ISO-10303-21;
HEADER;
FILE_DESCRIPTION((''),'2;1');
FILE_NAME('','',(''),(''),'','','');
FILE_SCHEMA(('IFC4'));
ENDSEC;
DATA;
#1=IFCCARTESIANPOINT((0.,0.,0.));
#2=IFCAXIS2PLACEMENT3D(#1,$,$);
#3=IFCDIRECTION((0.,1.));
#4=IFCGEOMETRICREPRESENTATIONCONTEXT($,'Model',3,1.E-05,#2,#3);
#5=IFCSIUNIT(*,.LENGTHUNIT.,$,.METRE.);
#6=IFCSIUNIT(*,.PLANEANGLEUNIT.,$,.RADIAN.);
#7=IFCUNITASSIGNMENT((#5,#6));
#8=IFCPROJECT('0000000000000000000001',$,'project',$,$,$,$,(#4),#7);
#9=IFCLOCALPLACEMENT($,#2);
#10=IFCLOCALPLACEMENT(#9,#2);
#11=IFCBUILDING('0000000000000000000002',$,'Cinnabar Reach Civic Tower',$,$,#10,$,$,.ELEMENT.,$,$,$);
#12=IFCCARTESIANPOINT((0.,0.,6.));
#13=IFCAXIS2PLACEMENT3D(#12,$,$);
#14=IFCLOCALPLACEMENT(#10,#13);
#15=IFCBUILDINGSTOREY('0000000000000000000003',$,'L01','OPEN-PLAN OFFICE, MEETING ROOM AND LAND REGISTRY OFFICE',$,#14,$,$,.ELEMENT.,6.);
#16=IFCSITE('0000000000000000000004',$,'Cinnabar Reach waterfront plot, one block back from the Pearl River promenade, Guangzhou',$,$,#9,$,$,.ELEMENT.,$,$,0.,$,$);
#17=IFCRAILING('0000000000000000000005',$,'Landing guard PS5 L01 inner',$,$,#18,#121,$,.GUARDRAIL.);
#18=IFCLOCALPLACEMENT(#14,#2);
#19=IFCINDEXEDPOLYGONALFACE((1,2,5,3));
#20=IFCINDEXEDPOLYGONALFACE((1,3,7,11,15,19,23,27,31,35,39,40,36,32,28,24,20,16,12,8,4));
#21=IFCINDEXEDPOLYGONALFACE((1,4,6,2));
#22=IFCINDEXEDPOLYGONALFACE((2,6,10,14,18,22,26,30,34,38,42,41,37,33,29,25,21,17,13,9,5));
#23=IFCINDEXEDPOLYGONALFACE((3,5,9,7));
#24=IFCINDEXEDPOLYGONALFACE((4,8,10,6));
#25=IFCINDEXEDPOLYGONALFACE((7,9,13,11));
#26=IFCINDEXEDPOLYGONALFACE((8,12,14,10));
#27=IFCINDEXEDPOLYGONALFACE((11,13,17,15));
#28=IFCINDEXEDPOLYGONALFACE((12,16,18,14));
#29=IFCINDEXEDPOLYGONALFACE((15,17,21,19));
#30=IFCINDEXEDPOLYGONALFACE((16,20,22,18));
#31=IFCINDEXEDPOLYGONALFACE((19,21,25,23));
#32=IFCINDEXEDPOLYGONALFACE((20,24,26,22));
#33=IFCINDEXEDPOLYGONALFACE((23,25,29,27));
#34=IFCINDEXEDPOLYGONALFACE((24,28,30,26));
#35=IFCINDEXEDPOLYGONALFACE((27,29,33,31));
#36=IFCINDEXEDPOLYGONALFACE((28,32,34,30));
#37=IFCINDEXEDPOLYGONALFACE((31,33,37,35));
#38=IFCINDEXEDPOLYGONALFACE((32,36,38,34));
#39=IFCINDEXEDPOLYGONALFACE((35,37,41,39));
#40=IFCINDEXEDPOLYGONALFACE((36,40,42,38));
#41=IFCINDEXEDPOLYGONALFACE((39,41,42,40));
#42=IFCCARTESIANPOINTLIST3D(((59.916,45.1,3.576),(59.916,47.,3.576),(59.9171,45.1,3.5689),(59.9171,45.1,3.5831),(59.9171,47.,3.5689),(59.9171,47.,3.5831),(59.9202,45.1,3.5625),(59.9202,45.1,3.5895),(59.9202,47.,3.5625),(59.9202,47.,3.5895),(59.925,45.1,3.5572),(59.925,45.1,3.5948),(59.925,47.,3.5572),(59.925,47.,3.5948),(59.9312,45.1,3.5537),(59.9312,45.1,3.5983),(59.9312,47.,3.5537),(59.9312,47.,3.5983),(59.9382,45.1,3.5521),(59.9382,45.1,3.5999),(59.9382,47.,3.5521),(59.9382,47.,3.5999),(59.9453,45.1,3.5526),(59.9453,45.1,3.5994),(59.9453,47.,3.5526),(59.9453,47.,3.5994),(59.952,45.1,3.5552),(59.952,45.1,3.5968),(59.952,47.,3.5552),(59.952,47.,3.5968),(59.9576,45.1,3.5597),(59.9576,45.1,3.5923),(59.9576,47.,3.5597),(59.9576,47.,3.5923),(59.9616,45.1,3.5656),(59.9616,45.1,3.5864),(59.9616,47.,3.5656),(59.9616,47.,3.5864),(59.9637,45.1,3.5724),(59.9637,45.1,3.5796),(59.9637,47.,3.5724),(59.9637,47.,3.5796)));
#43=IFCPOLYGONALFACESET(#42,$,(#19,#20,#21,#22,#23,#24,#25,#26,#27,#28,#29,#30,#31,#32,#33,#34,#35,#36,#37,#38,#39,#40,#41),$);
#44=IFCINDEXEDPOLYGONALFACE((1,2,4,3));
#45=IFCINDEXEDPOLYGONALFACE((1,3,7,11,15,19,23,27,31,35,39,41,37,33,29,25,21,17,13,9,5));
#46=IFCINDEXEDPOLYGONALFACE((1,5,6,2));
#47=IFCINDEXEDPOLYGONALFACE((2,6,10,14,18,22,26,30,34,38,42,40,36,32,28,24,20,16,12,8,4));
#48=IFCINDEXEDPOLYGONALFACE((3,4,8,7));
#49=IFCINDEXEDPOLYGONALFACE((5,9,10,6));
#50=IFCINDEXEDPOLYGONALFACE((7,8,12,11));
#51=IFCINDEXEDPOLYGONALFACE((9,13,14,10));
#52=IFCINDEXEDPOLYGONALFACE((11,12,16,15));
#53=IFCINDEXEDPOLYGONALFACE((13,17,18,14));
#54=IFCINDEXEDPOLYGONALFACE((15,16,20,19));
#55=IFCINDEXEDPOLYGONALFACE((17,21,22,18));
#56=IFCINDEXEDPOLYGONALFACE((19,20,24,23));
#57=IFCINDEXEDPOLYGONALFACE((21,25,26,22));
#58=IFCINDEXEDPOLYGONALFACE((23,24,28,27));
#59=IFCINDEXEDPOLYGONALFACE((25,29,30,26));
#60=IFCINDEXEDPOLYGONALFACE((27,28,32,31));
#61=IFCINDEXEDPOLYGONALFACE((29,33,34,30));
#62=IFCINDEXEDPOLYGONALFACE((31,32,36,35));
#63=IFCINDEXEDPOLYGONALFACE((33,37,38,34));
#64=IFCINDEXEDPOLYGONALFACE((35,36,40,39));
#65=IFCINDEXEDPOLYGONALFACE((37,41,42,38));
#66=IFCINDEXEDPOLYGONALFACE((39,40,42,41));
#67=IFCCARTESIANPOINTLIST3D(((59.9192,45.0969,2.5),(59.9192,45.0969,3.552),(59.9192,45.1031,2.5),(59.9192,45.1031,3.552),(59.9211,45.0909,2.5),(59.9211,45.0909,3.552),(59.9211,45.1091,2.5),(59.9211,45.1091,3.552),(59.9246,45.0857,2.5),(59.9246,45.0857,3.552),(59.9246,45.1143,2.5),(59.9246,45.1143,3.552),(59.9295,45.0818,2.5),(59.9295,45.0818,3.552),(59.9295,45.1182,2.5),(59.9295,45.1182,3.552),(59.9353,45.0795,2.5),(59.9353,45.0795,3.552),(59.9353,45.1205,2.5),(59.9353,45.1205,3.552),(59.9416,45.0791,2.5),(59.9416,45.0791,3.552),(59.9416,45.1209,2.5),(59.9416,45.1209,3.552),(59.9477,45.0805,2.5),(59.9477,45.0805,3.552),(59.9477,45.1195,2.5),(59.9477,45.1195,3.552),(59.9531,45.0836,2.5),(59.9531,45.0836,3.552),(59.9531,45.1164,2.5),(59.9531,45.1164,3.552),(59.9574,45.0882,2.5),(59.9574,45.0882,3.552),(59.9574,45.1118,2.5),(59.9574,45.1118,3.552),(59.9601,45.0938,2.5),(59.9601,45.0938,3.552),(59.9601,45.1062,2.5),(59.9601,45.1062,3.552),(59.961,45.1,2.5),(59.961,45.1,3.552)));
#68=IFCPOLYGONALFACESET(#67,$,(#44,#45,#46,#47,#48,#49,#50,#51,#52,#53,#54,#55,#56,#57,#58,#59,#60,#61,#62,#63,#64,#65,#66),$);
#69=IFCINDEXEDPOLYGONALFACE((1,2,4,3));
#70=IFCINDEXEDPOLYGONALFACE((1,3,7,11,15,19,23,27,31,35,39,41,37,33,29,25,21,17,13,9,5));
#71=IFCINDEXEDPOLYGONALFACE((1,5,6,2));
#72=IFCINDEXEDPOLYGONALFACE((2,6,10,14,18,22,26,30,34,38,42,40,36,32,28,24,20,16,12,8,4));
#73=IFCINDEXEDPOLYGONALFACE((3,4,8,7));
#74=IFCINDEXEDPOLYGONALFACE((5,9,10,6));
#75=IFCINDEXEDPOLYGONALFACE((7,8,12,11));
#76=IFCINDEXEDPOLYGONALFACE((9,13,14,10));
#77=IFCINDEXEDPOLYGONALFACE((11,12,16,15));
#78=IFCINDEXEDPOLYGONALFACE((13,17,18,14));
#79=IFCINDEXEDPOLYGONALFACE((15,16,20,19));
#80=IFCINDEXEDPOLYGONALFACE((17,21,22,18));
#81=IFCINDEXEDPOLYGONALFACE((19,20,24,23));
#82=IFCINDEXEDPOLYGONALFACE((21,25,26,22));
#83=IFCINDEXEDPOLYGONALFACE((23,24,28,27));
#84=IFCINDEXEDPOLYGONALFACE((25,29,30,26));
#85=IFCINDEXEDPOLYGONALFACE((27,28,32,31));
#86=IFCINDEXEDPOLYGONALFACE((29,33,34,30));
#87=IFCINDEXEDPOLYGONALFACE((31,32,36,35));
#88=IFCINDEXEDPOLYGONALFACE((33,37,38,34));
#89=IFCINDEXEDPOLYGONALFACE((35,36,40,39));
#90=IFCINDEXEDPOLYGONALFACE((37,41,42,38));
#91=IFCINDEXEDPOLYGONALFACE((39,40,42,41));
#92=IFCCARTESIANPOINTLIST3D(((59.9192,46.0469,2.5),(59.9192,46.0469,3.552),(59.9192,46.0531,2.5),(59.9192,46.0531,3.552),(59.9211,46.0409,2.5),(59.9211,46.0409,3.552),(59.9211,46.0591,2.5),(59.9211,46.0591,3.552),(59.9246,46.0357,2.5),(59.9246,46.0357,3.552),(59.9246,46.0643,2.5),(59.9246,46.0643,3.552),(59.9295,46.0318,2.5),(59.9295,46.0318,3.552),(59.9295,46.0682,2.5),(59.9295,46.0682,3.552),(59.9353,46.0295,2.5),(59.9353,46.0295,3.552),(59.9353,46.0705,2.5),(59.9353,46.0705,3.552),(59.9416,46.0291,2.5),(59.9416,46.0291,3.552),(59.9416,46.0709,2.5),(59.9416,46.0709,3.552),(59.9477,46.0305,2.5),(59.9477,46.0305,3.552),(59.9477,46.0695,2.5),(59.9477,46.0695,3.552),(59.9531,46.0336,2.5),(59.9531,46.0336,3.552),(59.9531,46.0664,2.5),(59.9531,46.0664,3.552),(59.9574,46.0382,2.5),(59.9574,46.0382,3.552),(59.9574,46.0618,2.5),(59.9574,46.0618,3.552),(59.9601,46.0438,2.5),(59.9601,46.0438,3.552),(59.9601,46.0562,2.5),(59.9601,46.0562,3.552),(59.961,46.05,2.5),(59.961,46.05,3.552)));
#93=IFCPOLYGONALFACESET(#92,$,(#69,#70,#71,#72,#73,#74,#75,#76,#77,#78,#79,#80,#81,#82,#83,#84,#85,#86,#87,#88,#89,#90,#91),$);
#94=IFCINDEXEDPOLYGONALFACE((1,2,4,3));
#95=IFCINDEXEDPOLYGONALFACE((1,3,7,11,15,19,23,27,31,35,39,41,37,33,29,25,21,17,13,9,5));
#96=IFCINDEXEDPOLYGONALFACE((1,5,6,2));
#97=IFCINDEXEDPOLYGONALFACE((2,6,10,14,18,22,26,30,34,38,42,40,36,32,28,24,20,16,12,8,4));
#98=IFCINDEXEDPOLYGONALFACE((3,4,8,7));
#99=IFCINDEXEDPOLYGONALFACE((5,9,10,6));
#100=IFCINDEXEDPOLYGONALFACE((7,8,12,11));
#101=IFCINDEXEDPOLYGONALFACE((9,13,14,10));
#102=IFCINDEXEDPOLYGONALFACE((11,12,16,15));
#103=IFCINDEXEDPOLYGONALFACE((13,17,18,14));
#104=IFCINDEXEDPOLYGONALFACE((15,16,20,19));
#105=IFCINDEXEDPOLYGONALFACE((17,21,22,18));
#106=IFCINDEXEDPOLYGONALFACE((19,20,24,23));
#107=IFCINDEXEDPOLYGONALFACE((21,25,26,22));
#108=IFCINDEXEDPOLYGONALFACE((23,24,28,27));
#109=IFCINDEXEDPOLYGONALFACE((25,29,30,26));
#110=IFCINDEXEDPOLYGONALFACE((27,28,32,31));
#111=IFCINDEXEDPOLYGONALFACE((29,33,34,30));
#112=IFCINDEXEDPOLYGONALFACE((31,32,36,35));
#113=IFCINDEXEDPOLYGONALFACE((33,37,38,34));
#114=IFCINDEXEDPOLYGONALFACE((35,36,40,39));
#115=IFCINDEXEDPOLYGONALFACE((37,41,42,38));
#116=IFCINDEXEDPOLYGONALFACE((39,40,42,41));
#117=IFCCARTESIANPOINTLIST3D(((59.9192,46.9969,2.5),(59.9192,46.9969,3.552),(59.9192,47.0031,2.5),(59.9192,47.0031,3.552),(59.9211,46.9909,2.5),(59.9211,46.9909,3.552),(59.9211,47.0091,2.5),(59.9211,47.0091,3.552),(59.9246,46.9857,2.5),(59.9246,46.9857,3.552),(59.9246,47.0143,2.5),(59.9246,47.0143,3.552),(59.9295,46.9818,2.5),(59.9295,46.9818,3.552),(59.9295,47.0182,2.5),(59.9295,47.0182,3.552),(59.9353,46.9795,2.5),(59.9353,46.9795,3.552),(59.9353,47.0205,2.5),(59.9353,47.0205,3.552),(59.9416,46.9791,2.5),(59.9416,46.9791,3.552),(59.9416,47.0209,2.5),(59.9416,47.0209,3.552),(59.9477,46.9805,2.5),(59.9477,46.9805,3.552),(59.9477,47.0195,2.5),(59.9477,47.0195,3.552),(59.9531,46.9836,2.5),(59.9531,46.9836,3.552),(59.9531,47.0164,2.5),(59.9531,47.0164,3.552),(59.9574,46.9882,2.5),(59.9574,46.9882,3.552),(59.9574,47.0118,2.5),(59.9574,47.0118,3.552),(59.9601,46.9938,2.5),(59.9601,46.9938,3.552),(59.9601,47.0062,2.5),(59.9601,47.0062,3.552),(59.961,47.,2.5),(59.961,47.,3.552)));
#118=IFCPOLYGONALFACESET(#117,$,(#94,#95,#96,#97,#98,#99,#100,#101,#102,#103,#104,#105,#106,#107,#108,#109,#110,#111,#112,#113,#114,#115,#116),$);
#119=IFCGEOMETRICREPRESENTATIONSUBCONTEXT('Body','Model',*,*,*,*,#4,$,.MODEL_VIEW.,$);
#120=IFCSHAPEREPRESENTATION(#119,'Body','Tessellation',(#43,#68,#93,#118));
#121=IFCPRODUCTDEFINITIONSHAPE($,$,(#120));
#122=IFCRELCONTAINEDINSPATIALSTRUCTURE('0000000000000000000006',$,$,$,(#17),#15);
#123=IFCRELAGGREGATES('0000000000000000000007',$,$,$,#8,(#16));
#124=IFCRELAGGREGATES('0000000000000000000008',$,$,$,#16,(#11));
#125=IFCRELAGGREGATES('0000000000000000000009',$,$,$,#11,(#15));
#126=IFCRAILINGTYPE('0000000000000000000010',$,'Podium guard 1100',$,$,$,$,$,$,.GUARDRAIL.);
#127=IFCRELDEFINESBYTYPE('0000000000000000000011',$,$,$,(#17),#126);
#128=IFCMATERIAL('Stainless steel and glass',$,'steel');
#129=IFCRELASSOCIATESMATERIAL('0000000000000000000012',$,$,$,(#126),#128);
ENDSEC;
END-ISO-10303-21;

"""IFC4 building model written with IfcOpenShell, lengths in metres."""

from ifc_helpers import new_model, si_unit, direction, frame, origin, origin_2d, place, context, subcontext, project, spatial, circle, extrude, material, type_object, element, save


model = new_model("IFC4")

# Units and contexts
model_context = context("Model", 3, precision=1e-05, world=origin(), true_north=direction((0.0, 1.0)))
body_context = subcontext(model_context, "Body", "Model", "MODEL_VIEW")
ifc_project = project(units=[si_unit("LENGTHUNIT", "METRE"), si_unit("PLANEANGLEUNIT", "RADIAN")], contexts=[model_context])

# Site, building, storey
site_placement = place(None, origin())
site = spatial("IfcSite", under=ifc_project, at=site_placement, Name="Cinnabar Reach waterfront plot, one block back from the Pearl River promenade, Guangzhou", CompositionType="ELEMENT", RefElevation=0.0)
building_placement = place(site_placement, origin())
building = spatial("IfcBuilding", under=site, at=building_placement, Name="Cinnabar Reach Civic Tower", CompositionType="ELEMENT")
storey_placement = place(building_placement, frame((0.0, 0.0, 6.0)))
storey = spatial("IfcBuildingStorey", under=building, at=storey_placement, Name="L01", Description="OPEN-PLAN OFFICE, MEETING ROOM AND LAND REGISTRY OFFICE", CompositionType="ELEMENT", Elevation=6.0)

# Railing
ifc_material_1 = material(Name="Stainless steel and glass", Category="steel")
railing_type_1 = type_object("IfcRailingType", Name="Podium guard 1100", PredefinedType="GUARDRAIL", material=ifc_material_1)
railing_1_placement = place(storey_placement, frame((59.94, 45.1, 2.5)))
element("IfcRailing", 1, at=railing_1_placement, inside=storey, type_object=railing_type_1, Name="Landing guard PS5 L01 inner", PredefinedType="GUARDRAIL", context=body_context, shape_type="SweptSolid", body=[
    extrude(circle(Radius=0.024, at=origin_2d()), frame((0.0, 0.0, 1.076), z_axis=(0.0, 1.0, 0.0), x_axis=(-1.0, 0.0, 0.0)), (0.0, 0.0, 1.0), 1.9),
    extrude(circle(Radius=0.021, at=origin_2d()), origin(), (0.0, 0.0, 1.0), 1.052),
    extrude(circle(Radius=0.021, at=origin_2d()), frame((0.0, 0.95, 0.0)), (0.0, 0.0, 1.0), 1.052),
    extrude(circle(Radius=0.021, at=origin_2d()), frame((0.0, 1.9, 0.0)), (0.0, 0.0, 1.0), 1.052),
])

save(model, "model.ifc")
